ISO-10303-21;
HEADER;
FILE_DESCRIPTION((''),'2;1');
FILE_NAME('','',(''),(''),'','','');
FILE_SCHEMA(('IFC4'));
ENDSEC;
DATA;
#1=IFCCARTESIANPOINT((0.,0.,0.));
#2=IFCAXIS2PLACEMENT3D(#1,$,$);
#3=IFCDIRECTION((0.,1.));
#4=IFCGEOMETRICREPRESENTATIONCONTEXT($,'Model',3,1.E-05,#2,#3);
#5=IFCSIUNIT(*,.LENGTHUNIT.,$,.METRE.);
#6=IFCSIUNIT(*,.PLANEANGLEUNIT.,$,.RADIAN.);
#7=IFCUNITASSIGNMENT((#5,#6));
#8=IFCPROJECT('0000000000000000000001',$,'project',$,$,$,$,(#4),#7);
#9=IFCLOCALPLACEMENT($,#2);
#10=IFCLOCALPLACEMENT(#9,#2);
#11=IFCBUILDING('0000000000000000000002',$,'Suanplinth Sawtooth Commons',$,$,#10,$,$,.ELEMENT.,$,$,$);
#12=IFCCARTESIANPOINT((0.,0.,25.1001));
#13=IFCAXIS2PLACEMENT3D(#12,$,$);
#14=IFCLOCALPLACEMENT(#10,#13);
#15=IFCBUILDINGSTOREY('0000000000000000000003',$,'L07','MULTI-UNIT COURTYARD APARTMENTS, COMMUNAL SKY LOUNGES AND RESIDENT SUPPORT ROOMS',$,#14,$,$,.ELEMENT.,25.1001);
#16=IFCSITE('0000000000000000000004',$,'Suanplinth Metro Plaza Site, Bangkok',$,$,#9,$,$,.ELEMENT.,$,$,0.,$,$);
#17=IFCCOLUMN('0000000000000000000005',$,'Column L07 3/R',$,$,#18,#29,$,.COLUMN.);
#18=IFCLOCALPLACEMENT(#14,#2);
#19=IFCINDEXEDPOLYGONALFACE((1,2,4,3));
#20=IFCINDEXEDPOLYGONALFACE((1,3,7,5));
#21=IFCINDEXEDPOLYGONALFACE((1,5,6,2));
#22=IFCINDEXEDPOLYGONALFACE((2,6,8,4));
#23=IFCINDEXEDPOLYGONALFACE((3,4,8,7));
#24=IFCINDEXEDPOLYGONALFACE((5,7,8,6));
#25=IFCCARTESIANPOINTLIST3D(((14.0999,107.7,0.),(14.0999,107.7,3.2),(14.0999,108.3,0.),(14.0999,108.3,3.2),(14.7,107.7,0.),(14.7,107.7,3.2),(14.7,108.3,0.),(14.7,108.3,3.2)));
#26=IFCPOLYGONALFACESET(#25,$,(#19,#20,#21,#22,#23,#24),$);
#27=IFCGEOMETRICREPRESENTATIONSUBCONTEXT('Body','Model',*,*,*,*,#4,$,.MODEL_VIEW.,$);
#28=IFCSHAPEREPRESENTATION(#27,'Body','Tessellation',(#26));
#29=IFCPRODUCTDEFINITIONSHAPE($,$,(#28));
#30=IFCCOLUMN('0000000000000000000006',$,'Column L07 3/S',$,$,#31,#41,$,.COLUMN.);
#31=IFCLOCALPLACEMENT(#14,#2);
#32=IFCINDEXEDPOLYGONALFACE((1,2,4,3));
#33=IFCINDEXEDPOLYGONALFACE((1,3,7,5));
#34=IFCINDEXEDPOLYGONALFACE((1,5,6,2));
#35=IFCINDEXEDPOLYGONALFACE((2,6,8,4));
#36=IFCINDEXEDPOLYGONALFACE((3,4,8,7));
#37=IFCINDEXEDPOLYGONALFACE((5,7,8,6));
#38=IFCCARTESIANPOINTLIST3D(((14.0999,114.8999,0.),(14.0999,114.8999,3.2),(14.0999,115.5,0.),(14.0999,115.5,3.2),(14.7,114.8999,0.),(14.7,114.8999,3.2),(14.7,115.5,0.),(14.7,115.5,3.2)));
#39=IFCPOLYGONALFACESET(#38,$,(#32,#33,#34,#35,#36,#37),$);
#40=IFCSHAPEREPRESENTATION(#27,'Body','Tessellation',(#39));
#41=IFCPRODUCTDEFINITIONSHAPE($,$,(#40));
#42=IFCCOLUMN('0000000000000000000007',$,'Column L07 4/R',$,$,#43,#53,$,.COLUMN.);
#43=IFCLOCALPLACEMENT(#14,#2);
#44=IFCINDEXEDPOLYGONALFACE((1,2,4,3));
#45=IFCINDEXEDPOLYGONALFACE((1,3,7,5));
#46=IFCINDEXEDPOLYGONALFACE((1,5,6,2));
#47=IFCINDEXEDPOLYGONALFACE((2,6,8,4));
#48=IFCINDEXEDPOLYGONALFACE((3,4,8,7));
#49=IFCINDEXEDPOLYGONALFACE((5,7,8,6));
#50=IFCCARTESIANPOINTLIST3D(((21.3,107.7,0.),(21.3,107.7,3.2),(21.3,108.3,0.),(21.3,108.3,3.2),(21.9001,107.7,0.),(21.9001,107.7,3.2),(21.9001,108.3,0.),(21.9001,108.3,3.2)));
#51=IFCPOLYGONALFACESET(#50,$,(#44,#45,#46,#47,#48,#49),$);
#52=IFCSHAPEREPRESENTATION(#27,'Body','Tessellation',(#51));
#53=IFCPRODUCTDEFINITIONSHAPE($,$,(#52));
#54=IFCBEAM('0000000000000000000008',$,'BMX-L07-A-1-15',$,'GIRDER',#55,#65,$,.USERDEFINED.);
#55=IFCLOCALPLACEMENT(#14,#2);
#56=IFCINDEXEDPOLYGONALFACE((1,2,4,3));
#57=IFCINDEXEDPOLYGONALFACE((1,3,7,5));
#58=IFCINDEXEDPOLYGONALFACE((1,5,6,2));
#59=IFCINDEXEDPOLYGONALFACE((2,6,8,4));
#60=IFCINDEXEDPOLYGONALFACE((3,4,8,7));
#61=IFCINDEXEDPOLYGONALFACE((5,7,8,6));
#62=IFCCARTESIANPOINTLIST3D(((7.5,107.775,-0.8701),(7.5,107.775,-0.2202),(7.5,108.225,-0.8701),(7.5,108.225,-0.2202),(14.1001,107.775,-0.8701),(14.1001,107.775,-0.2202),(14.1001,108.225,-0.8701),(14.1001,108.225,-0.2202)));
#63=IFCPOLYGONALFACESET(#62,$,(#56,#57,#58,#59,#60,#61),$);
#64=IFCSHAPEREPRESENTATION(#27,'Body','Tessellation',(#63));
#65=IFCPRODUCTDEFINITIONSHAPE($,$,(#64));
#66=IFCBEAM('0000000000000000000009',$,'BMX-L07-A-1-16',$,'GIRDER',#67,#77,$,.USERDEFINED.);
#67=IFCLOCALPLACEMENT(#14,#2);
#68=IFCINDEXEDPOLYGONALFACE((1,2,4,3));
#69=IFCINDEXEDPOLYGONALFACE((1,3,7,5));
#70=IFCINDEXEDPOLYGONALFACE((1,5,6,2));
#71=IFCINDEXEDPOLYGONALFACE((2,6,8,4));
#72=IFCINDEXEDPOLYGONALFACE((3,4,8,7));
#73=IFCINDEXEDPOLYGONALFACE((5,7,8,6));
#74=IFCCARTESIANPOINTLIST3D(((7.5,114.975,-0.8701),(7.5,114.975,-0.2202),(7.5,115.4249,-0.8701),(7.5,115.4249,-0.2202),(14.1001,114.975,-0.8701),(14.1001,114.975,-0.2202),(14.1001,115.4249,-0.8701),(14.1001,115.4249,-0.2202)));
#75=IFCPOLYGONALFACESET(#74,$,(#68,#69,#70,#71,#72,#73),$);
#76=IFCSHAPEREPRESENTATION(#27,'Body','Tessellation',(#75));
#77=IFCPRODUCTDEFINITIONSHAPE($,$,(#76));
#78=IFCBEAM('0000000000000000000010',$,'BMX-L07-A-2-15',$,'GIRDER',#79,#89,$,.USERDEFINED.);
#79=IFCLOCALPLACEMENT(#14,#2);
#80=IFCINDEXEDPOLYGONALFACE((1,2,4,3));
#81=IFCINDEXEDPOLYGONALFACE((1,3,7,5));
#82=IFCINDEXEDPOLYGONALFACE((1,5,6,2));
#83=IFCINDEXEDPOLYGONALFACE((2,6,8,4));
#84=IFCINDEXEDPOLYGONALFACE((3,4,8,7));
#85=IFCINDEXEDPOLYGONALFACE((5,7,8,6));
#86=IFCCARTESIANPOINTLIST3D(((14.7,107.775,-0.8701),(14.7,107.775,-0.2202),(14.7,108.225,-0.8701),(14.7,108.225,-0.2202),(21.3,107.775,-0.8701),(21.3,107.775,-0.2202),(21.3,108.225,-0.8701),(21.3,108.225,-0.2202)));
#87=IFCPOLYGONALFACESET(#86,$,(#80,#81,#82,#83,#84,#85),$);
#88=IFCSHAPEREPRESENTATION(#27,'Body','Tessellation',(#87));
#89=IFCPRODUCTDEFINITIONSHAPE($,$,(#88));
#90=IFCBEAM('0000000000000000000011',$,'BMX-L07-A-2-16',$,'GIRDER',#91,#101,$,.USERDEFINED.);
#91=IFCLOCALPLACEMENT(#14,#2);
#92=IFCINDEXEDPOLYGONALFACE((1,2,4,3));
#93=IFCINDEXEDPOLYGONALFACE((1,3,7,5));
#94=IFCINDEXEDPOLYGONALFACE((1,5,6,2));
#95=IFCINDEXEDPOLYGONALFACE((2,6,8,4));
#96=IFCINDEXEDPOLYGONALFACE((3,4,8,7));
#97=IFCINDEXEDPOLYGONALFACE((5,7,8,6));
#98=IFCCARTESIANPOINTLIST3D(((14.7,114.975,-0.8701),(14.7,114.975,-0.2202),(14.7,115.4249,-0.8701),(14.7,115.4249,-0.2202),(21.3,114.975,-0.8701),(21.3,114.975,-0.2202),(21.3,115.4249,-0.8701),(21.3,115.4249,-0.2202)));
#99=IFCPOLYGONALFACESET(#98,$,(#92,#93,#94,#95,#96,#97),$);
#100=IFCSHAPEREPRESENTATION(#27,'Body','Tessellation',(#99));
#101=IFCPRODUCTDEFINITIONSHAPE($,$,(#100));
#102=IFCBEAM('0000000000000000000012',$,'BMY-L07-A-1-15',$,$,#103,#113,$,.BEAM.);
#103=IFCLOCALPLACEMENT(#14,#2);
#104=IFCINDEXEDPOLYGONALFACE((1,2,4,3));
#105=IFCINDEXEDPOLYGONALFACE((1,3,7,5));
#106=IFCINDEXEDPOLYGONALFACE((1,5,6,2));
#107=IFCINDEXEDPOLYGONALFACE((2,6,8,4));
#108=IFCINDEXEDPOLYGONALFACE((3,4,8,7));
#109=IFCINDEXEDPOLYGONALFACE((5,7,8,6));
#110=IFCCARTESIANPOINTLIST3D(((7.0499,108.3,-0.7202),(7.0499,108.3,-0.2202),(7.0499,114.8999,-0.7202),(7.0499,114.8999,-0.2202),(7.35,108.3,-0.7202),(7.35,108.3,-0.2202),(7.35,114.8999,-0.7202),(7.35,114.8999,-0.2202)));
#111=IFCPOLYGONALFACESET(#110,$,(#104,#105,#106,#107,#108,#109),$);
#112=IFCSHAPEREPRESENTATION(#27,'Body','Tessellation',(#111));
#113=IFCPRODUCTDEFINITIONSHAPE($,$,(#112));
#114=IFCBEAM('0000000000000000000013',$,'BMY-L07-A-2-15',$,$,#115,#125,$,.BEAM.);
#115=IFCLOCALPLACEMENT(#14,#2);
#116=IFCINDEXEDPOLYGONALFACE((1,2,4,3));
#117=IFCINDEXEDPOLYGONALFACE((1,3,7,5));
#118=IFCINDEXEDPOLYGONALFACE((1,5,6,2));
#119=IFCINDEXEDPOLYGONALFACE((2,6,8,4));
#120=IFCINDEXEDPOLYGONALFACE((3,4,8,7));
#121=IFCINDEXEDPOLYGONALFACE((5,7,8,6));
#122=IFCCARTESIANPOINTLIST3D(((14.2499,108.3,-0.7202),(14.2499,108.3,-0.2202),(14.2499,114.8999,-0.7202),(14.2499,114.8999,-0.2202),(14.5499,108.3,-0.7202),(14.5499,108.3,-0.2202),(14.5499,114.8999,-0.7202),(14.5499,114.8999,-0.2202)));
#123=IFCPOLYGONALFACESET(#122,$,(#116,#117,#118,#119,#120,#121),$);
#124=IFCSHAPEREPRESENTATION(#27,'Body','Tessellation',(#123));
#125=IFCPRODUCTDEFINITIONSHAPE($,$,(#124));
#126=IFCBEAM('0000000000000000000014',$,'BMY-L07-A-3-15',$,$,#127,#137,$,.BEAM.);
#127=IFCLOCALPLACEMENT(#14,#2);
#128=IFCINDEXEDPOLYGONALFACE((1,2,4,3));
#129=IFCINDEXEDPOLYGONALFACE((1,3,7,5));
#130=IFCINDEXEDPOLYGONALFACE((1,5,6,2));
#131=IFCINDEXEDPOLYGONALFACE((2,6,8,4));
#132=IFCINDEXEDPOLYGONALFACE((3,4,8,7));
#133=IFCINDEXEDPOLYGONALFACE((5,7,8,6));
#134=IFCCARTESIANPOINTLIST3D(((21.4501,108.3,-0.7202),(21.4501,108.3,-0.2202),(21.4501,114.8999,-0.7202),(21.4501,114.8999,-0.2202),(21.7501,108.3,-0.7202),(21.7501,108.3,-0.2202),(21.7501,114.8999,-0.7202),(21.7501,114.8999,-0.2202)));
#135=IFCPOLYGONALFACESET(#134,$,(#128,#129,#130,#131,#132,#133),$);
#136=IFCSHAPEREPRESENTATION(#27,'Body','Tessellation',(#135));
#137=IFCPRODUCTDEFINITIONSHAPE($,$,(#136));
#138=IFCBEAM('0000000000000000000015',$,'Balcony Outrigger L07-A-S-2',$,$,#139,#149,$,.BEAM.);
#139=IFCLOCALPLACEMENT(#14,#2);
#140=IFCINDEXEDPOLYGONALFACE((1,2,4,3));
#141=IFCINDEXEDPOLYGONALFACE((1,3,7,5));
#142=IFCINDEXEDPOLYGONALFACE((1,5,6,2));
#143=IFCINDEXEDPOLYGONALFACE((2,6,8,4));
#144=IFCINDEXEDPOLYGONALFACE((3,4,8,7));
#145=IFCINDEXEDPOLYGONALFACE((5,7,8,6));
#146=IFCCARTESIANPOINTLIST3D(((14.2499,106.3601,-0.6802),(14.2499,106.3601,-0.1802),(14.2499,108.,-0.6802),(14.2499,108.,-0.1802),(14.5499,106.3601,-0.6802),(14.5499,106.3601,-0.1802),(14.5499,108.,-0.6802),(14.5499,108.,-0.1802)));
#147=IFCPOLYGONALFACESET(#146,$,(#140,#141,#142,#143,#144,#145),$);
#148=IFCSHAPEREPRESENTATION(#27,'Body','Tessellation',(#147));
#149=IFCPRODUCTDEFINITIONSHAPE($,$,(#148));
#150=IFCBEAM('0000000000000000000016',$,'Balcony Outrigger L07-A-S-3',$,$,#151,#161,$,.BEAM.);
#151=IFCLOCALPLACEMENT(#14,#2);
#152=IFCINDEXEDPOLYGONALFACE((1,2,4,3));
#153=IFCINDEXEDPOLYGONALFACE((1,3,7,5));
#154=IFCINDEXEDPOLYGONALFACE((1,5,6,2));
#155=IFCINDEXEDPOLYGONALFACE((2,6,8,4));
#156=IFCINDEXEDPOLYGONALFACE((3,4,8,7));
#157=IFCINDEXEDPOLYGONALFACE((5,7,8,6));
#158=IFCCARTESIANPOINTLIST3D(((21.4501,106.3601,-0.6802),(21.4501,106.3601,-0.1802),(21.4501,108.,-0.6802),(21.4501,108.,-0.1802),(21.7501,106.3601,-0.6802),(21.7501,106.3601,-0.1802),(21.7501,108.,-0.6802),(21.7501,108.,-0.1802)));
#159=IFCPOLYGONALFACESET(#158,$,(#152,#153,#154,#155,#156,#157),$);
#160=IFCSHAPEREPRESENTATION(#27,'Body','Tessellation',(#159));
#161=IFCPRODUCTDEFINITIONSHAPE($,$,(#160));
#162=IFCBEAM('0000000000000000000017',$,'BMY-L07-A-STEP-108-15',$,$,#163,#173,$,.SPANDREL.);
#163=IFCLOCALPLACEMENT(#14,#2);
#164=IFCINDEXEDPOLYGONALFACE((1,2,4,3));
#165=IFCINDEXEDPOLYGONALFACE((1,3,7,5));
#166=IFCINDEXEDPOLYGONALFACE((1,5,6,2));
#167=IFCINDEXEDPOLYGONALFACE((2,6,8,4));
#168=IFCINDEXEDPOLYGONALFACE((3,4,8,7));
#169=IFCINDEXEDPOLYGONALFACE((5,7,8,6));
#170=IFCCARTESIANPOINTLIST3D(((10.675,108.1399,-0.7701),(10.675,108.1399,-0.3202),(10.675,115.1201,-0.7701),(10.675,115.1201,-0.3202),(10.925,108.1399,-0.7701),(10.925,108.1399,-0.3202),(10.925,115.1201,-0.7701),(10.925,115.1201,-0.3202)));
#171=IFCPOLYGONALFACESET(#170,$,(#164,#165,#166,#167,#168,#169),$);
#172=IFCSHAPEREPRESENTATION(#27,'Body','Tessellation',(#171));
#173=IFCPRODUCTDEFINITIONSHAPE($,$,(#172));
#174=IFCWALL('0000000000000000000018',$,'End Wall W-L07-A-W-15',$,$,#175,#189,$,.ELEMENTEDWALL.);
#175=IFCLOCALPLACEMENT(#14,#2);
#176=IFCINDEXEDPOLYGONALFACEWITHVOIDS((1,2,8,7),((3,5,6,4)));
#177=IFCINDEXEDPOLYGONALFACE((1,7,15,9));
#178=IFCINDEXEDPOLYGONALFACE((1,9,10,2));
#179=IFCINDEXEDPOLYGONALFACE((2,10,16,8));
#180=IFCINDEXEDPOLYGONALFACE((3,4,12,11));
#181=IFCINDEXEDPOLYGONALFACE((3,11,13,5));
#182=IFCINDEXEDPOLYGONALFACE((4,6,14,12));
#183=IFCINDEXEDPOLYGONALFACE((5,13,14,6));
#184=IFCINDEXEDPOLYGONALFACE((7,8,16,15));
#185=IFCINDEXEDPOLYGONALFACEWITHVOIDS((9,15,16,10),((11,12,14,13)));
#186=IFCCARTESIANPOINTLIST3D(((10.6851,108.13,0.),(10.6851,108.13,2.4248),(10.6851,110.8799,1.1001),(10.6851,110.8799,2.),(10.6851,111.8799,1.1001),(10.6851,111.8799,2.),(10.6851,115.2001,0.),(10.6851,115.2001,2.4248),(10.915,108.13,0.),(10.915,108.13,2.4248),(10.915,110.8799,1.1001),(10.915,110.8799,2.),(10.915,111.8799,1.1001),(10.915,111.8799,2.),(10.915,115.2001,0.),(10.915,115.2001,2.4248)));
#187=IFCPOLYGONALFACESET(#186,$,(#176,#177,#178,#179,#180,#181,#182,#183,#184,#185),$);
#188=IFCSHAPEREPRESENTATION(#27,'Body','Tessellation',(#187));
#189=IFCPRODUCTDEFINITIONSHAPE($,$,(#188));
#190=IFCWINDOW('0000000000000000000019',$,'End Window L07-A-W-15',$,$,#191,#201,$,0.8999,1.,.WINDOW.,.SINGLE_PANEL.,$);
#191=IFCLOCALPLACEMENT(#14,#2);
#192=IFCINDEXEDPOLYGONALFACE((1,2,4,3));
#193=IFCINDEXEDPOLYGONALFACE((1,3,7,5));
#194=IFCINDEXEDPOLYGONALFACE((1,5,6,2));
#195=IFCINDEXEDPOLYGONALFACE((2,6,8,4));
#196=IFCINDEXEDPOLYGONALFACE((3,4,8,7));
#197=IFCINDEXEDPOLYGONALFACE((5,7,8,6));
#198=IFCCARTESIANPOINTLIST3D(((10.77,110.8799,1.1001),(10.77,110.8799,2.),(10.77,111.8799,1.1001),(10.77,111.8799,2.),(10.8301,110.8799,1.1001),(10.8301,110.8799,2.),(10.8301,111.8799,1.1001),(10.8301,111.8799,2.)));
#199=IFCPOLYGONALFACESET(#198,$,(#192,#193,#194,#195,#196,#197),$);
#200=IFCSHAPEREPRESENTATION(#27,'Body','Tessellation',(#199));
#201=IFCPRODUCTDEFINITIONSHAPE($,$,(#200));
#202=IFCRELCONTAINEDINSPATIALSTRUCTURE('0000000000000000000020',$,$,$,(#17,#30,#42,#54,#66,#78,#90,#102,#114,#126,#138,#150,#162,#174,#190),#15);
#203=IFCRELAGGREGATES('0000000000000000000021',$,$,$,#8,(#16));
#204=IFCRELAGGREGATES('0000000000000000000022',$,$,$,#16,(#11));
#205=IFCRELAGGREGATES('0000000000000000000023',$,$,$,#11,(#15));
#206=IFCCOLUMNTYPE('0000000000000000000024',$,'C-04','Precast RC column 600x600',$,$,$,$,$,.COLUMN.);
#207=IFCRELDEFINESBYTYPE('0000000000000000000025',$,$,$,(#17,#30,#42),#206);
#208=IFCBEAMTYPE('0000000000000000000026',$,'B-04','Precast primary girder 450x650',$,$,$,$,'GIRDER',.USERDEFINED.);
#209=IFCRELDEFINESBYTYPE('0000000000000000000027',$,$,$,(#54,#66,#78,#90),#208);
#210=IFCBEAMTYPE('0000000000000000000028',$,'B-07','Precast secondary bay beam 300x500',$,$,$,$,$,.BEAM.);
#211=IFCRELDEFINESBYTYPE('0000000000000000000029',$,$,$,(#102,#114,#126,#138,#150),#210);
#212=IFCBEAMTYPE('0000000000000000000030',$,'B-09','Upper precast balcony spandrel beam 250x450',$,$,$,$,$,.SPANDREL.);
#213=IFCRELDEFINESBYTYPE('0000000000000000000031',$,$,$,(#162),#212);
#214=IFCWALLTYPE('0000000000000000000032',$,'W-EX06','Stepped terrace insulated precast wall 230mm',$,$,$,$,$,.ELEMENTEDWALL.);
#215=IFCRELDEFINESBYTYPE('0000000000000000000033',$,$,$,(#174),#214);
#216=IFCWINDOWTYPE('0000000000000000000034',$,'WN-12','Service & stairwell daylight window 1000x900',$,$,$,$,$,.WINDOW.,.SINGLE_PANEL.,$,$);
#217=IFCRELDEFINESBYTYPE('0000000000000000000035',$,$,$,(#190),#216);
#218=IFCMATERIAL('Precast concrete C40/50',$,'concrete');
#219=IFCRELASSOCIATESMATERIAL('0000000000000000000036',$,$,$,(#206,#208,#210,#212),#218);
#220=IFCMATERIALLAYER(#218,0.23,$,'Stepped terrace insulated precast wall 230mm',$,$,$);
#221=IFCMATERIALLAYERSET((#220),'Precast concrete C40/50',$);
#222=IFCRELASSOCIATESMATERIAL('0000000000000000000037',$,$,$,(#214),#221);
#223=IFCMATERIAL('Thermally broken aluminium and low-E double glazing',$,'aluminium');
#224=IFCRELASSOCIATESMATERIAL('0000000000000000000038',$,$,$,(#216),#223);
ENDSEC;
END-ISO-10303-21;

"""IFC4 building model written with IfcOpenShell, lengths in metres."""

from ifc_helpers import new_model, si_unit, direction, frame, frame_2d, origin, origin_2d, place, context, subcontext, project, spatial, rectangle, extrude, material, layer, layer_set, material_profile, profile_set, type_object, element, fill, save


model = new_model("IFC4")

# Units and contexts
model_context = context("Model", 3, precision=1e-05, world=origin(), true_north=direction((0.0, 1.0)))
body_context = subcontext(model_context, "Body", "Model", "MODEL_VIEW")
ifc_project = project(units=[si_unit("LENGTHUNIT", "METRE"), si_unit("PLANEANGLEUNIT", "RADIAN")], contexts=[model_context])

# Site, building, storey
site_placement = place(None, origin())
site = spatial("IfcSite", under=ifc_project, at=site_placement, Name="Suanplinth Metro Plaza Site, Bangkok", CompositionType="ELEMENT", RefElevation=0.0)
building_placement = place(site_placement, origin())
building = spatial("IfcBuilding", under=site, at=building_placement, Name="Suanplinth Sawtooth Commons", CompositionType="ELEMENT")
storey_placement = place(building_placement, frame((0.0, 0.0, 25.1001)))
storey = spatial("IfcBuildingStorey", under=building, at=storey_placement, Name="L07", Description="MULTI-UNIT COURTYARD APARTMENTS, COMMUNAL SKY LOUNGES AND RESIDENT SUPPORT ROOMS", CompositionType="ELEMENT", Elevation=25.1001)

# Columns
ifc_material_1 = material(Name="Precast concrete C40/50", Category="concrete")
ifc_material_profile_1 = material_profile(ifc_material_1, rectangle(XDim=0.6001, YDim=0.6001, at=origin_2d()), Name="PC-COL 600x600")
ifc_profile_set_1 = profile_set([ifc_material_profile_1], Name="Precast concrete C40/50")
column_type = type_object("IfcColumnType", Name="C-04", Description="Precast RC column 600x600", PredefinedType="COLUMN", material=ifc_profile_set_1)
for number, where, z_axis, x_axis, name in (
    (1, (14.3999, 108.0, 0.0), (0.0, 0.0, 1.0), (1.0, 0.0, 0.0), "Column L07 3/R"),
    (2, (14.3999, 115.2, 0.0), (0.0, 0.0, 1.0), (1.0, 0.0, 0.0), "Column L07 3/S"),
    (3, (21.6001, 108.0, 0.0), (0.0, 0.0, 1.0), (1.0, 0.0, 0.0), "Column L07 4/R"),
):
    element("IfcColumn", number, at=place(storey_placement, frame(where, z_axis=z_axis, x_axis=x_axis)), inside=storey, type_object=column_type, Name=name, PredefinedType="COLUMN", context=body_context, shape_type="SweptSolid", body=[
        extrude(rectangle(XDim=0.6001, YDim=0.6001, at=origin_2d()), origin(), (0.0, 0.0, 1.0), 3.2),
    ])

# Beams
ifc_material_profile_2 = material_profile(ifc_material_1, rectangle(XDim=0.45, YDim=0.6499, at=origin_2d()), Name="PC-GDR 450x650")
ifc_profile_set_2 = profile_set([ifc_material_profile_2], Name="Precast concrete C40/50")
beam_type_1 = type_object("IfcBeamType", Name="B-04", Description="Precast primary girder 450x650", ElementType="GIRDER", PredefinedType="USERDEFINED", material=ifc_profile_set_2)
for number, where, z_axis, x_axis, name in (
    (4, (7.5, 108.0, -0.5452), (1.0, 0.0, 0.0), (0.0, 1.0, 0.0), "BMX-L07-A-1-15"),
    (5, (7.5, 115.2, -0.5452), (1.0, 0.0, 0.0), (0.0, 1.0, 0.0), "BMX-L07-A-1-16"),
    (6, (14.7, 108.0, -0.5452), (1.0, 0.0, 0.0), (0.0, 1.0, 0.0), "BMX-L07-A-2-15"),
    (7, (14.7, 115.2, -0.5452), (1.0, 0.0, 0.0), (0.0, 1.0, 0.0), "BMX-L07-A-2-16"),
):
    element("IfcBeam", number, at=place(storey_placement, frame(where, z_axis=z_axis, x_axis=x_axis)), inside=storey, type_object=beam_type_1, Name=name, ObjectType="GIRDER", PredefinedType="USERDEFINED", context=body_context, shape_type="SweptSolid", body=[
        extrude(rectangle(XDim=0.45, YDim=0.6499, at=origin_2d()), origin(), (0.0, 0.0, 1.0), 6.6001),
    ])
ifc_material_profile_3 = material_profile(ifc_material_1, rectangle(XDim=0.3, YDim=0.5, at=origin_2d()), Name="PC-BM 300x500")
ifc_profile_set_3 = profile_set([ifc_material_profile_3], Name="Precast concrete C40/50")
beam_type_2 = type_object("IfcBeamType", Name="B-07", Description="Precast secondary bay beam 300x500", PredefinedType="BEAM", material=ifc_profile_set_3)
for number, where, z_axis, x_axis, name in (
    (8, (7.2, 108.3, -0.4702), (0.0, 1.0, 0.0), (-1.0, 0.0, 0.0), "BMY-L07-A-1-15"),
    (9, (14.3999, 108.3, -0.4702), (0.0, 1.0, 0.0), (-1.0, 0.0, 0.0), "BMY-L07-A-2-15"),
    (10, (21.6001, 108.3, -0.4702), (0.0, 1.0, 0.0), (-1.0, 0.0, 0.0), "BMY-L07-A-3-15"),
):
    element("IfcBeam", number, at=place(storey_placement, frame(where, z_axis=z_axis, x_axis=x_axis)), inside=storey, type_object=beam_type_2, Name=name, PredefinedType="BEAM", context=body_context, shape_type="SweptSolid", body=[
        extrude(rectangle(XDim=0.3, YDim=0.5, at=origin_2d()), origin(), (0.0, 0.0, 1.0), 6.5999),
    ])
for number, where, z_axis, x_axis, name in (
    (11, (14.3999, 108.0, -0.4302), (0.0, -1.0, 0.0), (1.0, 0.0, 0.0), "Balcony Outrigger L07-A-S-2"),
    (12, (21.6001, 108.0, -0.4302), (0.0, -1.0, 0.0), (1.0, 0.0, 0.0), "Balcony Outrigger L07-A-S-3"),
):
    element("IfcBeam", number, at=place(storey_placement, frame(where, z_axis=z_axis, x_axis=x_axis)), inside=storey, type_object=beam_type_2, Name=name, PredefinedType="BEAM", context=body_context, shape_type="SweptSolid", body=[
        extrude(rectangle(XDim=0.3, YDim=0.5, at=origin_2d()), origin(), (0.0, 0.0, 1.0), 1.6399),
    ])
ifc_material_profile_4 = material_profile(ifc_material_1, rectangle(XDim=0.25, YDim=0.45, at=origin_2d()), Name="PC-SP 250x450")
ifc_profile_set_4 = profile_set([ifc_material_profile_4], Name="Precast concrete C40/50")
beam_type_3 = type_object("IfcBeamType", Name="B-09", Description="Upper precast balcony spandrel beam 250x450", PredefinedType="SPANDREL", material=ifc_profile_set_4)
beam_placement = place(storey_placement, frame((10.8, 108.1399, -0.5452), z_axis=(0.0, 1.0, 0.0), x_axis=(-1.0, 0.0, 0.0)))
element("IfcBeam", 13, at=beam_placement, inside=storey, type_object=beam_type_3, Name="BMY-L07-A-STEP-108-15", PredefinedType="SPANDREL", context=body_context, shape_type="SweptSolid", body=[
    extrude(rectangle(XDim=0.25, YDim=0.45, at=origin_2d()), origin(), (0.0, 0.0, 1.0), 6.9802),
])

# Wall, opening, window
ifc_layer_1 = layer(ifc_material_1, 0.23, Name="Stepped terrace insulated precast wall 230mm")
ifc_layer_set_1 = layer_set([ifc_layer_1], Name="Precast concrete C40/50")
wall_type_1 = type_object("IfcWallType", Name="W-EX06", Description="Stepped terrace insulated precast wall 230mm", PredefinedType="ELEMENTEDWALL", material=ifc_layer_set_1)
wall_1_placement = place(storey_placement, frame((10.8, 108.1299, 0.0), z_axis=(0.0, 0.0, 1.0), x_axis=(0.0, 1.0, 0.0)))
wall_1 = element("IfcWall", 14, at=wall_1_placement, inside=storey, type_object=wall_type_1, Name="End Wall W-L07-A-W-15", PredefinedType="ELEMENTEDWALL", context=body_context, shape_type="SweptSolid", body=[
    extrude(rectangle(XDim=7.0701, YDim=0.23, at=frame_2d((3.5352, 0.0))), origin(), (0.0, 0.0, 1.0), 2.4248),
])
opening_1_placement = place(wall_1_placement, frame((2.75, 0.0, 1.1001)))
opening_1 = element("IfcOpeningElement", 15, at=opening_1_placement, cuts=wall_1, PredefinedType="OPENING", context=body_context, shape_type="SweptSolid", body=[
    extrude(rectangle(XDim=1.0, YDim=0.8999, at=frame_2d((0.5, 0.45))), frame((0.0, 0.1299, 0.0), z_axis=(0.0, -1.0, 0.0), x_axis=(1.0, 0.0, 0.0)), (0.0, 0.0, 1.0), 0.2598),
])
ifc_material_2 = material(Name="Thermally broken aluminium and low-E double glazing", Category="aluminium")
window_type = type_object("IfcWindowType", Name="WN-12", Description="Service & stairwell daylight window 1000x900", PartitioningType="SINGLE_PANEL", PredefinedType="WINDOW", material=ifc_material_2)
window_placement = place(opening_1_placement, origin())
window = element("IfcWindow", 16, at=window_placement, inside=storey, type_object=window_type, Name="End Window L07-A-W-15", OverallHeight=0.8999, OverallWidth=1.0, PartitioningType="SINGLE_PANEL", PredefinedType="WINDOW", context=body_context, shape_type="SweptSolid", body=[
    extrude(rectangle(XDim=1.0, YDim=0.8999, at=frame_2d((0.5, 0.45))), frame((0.0, 0.03, 0.0), z_axis=(0.0, -1.0, 0.0), x_axis=(1.0, 0.0, 0.0)), (0.0, 0.0, 1.0), 0.0601),
])
fill(opening_1, window)

save(model, "model.ifc")
